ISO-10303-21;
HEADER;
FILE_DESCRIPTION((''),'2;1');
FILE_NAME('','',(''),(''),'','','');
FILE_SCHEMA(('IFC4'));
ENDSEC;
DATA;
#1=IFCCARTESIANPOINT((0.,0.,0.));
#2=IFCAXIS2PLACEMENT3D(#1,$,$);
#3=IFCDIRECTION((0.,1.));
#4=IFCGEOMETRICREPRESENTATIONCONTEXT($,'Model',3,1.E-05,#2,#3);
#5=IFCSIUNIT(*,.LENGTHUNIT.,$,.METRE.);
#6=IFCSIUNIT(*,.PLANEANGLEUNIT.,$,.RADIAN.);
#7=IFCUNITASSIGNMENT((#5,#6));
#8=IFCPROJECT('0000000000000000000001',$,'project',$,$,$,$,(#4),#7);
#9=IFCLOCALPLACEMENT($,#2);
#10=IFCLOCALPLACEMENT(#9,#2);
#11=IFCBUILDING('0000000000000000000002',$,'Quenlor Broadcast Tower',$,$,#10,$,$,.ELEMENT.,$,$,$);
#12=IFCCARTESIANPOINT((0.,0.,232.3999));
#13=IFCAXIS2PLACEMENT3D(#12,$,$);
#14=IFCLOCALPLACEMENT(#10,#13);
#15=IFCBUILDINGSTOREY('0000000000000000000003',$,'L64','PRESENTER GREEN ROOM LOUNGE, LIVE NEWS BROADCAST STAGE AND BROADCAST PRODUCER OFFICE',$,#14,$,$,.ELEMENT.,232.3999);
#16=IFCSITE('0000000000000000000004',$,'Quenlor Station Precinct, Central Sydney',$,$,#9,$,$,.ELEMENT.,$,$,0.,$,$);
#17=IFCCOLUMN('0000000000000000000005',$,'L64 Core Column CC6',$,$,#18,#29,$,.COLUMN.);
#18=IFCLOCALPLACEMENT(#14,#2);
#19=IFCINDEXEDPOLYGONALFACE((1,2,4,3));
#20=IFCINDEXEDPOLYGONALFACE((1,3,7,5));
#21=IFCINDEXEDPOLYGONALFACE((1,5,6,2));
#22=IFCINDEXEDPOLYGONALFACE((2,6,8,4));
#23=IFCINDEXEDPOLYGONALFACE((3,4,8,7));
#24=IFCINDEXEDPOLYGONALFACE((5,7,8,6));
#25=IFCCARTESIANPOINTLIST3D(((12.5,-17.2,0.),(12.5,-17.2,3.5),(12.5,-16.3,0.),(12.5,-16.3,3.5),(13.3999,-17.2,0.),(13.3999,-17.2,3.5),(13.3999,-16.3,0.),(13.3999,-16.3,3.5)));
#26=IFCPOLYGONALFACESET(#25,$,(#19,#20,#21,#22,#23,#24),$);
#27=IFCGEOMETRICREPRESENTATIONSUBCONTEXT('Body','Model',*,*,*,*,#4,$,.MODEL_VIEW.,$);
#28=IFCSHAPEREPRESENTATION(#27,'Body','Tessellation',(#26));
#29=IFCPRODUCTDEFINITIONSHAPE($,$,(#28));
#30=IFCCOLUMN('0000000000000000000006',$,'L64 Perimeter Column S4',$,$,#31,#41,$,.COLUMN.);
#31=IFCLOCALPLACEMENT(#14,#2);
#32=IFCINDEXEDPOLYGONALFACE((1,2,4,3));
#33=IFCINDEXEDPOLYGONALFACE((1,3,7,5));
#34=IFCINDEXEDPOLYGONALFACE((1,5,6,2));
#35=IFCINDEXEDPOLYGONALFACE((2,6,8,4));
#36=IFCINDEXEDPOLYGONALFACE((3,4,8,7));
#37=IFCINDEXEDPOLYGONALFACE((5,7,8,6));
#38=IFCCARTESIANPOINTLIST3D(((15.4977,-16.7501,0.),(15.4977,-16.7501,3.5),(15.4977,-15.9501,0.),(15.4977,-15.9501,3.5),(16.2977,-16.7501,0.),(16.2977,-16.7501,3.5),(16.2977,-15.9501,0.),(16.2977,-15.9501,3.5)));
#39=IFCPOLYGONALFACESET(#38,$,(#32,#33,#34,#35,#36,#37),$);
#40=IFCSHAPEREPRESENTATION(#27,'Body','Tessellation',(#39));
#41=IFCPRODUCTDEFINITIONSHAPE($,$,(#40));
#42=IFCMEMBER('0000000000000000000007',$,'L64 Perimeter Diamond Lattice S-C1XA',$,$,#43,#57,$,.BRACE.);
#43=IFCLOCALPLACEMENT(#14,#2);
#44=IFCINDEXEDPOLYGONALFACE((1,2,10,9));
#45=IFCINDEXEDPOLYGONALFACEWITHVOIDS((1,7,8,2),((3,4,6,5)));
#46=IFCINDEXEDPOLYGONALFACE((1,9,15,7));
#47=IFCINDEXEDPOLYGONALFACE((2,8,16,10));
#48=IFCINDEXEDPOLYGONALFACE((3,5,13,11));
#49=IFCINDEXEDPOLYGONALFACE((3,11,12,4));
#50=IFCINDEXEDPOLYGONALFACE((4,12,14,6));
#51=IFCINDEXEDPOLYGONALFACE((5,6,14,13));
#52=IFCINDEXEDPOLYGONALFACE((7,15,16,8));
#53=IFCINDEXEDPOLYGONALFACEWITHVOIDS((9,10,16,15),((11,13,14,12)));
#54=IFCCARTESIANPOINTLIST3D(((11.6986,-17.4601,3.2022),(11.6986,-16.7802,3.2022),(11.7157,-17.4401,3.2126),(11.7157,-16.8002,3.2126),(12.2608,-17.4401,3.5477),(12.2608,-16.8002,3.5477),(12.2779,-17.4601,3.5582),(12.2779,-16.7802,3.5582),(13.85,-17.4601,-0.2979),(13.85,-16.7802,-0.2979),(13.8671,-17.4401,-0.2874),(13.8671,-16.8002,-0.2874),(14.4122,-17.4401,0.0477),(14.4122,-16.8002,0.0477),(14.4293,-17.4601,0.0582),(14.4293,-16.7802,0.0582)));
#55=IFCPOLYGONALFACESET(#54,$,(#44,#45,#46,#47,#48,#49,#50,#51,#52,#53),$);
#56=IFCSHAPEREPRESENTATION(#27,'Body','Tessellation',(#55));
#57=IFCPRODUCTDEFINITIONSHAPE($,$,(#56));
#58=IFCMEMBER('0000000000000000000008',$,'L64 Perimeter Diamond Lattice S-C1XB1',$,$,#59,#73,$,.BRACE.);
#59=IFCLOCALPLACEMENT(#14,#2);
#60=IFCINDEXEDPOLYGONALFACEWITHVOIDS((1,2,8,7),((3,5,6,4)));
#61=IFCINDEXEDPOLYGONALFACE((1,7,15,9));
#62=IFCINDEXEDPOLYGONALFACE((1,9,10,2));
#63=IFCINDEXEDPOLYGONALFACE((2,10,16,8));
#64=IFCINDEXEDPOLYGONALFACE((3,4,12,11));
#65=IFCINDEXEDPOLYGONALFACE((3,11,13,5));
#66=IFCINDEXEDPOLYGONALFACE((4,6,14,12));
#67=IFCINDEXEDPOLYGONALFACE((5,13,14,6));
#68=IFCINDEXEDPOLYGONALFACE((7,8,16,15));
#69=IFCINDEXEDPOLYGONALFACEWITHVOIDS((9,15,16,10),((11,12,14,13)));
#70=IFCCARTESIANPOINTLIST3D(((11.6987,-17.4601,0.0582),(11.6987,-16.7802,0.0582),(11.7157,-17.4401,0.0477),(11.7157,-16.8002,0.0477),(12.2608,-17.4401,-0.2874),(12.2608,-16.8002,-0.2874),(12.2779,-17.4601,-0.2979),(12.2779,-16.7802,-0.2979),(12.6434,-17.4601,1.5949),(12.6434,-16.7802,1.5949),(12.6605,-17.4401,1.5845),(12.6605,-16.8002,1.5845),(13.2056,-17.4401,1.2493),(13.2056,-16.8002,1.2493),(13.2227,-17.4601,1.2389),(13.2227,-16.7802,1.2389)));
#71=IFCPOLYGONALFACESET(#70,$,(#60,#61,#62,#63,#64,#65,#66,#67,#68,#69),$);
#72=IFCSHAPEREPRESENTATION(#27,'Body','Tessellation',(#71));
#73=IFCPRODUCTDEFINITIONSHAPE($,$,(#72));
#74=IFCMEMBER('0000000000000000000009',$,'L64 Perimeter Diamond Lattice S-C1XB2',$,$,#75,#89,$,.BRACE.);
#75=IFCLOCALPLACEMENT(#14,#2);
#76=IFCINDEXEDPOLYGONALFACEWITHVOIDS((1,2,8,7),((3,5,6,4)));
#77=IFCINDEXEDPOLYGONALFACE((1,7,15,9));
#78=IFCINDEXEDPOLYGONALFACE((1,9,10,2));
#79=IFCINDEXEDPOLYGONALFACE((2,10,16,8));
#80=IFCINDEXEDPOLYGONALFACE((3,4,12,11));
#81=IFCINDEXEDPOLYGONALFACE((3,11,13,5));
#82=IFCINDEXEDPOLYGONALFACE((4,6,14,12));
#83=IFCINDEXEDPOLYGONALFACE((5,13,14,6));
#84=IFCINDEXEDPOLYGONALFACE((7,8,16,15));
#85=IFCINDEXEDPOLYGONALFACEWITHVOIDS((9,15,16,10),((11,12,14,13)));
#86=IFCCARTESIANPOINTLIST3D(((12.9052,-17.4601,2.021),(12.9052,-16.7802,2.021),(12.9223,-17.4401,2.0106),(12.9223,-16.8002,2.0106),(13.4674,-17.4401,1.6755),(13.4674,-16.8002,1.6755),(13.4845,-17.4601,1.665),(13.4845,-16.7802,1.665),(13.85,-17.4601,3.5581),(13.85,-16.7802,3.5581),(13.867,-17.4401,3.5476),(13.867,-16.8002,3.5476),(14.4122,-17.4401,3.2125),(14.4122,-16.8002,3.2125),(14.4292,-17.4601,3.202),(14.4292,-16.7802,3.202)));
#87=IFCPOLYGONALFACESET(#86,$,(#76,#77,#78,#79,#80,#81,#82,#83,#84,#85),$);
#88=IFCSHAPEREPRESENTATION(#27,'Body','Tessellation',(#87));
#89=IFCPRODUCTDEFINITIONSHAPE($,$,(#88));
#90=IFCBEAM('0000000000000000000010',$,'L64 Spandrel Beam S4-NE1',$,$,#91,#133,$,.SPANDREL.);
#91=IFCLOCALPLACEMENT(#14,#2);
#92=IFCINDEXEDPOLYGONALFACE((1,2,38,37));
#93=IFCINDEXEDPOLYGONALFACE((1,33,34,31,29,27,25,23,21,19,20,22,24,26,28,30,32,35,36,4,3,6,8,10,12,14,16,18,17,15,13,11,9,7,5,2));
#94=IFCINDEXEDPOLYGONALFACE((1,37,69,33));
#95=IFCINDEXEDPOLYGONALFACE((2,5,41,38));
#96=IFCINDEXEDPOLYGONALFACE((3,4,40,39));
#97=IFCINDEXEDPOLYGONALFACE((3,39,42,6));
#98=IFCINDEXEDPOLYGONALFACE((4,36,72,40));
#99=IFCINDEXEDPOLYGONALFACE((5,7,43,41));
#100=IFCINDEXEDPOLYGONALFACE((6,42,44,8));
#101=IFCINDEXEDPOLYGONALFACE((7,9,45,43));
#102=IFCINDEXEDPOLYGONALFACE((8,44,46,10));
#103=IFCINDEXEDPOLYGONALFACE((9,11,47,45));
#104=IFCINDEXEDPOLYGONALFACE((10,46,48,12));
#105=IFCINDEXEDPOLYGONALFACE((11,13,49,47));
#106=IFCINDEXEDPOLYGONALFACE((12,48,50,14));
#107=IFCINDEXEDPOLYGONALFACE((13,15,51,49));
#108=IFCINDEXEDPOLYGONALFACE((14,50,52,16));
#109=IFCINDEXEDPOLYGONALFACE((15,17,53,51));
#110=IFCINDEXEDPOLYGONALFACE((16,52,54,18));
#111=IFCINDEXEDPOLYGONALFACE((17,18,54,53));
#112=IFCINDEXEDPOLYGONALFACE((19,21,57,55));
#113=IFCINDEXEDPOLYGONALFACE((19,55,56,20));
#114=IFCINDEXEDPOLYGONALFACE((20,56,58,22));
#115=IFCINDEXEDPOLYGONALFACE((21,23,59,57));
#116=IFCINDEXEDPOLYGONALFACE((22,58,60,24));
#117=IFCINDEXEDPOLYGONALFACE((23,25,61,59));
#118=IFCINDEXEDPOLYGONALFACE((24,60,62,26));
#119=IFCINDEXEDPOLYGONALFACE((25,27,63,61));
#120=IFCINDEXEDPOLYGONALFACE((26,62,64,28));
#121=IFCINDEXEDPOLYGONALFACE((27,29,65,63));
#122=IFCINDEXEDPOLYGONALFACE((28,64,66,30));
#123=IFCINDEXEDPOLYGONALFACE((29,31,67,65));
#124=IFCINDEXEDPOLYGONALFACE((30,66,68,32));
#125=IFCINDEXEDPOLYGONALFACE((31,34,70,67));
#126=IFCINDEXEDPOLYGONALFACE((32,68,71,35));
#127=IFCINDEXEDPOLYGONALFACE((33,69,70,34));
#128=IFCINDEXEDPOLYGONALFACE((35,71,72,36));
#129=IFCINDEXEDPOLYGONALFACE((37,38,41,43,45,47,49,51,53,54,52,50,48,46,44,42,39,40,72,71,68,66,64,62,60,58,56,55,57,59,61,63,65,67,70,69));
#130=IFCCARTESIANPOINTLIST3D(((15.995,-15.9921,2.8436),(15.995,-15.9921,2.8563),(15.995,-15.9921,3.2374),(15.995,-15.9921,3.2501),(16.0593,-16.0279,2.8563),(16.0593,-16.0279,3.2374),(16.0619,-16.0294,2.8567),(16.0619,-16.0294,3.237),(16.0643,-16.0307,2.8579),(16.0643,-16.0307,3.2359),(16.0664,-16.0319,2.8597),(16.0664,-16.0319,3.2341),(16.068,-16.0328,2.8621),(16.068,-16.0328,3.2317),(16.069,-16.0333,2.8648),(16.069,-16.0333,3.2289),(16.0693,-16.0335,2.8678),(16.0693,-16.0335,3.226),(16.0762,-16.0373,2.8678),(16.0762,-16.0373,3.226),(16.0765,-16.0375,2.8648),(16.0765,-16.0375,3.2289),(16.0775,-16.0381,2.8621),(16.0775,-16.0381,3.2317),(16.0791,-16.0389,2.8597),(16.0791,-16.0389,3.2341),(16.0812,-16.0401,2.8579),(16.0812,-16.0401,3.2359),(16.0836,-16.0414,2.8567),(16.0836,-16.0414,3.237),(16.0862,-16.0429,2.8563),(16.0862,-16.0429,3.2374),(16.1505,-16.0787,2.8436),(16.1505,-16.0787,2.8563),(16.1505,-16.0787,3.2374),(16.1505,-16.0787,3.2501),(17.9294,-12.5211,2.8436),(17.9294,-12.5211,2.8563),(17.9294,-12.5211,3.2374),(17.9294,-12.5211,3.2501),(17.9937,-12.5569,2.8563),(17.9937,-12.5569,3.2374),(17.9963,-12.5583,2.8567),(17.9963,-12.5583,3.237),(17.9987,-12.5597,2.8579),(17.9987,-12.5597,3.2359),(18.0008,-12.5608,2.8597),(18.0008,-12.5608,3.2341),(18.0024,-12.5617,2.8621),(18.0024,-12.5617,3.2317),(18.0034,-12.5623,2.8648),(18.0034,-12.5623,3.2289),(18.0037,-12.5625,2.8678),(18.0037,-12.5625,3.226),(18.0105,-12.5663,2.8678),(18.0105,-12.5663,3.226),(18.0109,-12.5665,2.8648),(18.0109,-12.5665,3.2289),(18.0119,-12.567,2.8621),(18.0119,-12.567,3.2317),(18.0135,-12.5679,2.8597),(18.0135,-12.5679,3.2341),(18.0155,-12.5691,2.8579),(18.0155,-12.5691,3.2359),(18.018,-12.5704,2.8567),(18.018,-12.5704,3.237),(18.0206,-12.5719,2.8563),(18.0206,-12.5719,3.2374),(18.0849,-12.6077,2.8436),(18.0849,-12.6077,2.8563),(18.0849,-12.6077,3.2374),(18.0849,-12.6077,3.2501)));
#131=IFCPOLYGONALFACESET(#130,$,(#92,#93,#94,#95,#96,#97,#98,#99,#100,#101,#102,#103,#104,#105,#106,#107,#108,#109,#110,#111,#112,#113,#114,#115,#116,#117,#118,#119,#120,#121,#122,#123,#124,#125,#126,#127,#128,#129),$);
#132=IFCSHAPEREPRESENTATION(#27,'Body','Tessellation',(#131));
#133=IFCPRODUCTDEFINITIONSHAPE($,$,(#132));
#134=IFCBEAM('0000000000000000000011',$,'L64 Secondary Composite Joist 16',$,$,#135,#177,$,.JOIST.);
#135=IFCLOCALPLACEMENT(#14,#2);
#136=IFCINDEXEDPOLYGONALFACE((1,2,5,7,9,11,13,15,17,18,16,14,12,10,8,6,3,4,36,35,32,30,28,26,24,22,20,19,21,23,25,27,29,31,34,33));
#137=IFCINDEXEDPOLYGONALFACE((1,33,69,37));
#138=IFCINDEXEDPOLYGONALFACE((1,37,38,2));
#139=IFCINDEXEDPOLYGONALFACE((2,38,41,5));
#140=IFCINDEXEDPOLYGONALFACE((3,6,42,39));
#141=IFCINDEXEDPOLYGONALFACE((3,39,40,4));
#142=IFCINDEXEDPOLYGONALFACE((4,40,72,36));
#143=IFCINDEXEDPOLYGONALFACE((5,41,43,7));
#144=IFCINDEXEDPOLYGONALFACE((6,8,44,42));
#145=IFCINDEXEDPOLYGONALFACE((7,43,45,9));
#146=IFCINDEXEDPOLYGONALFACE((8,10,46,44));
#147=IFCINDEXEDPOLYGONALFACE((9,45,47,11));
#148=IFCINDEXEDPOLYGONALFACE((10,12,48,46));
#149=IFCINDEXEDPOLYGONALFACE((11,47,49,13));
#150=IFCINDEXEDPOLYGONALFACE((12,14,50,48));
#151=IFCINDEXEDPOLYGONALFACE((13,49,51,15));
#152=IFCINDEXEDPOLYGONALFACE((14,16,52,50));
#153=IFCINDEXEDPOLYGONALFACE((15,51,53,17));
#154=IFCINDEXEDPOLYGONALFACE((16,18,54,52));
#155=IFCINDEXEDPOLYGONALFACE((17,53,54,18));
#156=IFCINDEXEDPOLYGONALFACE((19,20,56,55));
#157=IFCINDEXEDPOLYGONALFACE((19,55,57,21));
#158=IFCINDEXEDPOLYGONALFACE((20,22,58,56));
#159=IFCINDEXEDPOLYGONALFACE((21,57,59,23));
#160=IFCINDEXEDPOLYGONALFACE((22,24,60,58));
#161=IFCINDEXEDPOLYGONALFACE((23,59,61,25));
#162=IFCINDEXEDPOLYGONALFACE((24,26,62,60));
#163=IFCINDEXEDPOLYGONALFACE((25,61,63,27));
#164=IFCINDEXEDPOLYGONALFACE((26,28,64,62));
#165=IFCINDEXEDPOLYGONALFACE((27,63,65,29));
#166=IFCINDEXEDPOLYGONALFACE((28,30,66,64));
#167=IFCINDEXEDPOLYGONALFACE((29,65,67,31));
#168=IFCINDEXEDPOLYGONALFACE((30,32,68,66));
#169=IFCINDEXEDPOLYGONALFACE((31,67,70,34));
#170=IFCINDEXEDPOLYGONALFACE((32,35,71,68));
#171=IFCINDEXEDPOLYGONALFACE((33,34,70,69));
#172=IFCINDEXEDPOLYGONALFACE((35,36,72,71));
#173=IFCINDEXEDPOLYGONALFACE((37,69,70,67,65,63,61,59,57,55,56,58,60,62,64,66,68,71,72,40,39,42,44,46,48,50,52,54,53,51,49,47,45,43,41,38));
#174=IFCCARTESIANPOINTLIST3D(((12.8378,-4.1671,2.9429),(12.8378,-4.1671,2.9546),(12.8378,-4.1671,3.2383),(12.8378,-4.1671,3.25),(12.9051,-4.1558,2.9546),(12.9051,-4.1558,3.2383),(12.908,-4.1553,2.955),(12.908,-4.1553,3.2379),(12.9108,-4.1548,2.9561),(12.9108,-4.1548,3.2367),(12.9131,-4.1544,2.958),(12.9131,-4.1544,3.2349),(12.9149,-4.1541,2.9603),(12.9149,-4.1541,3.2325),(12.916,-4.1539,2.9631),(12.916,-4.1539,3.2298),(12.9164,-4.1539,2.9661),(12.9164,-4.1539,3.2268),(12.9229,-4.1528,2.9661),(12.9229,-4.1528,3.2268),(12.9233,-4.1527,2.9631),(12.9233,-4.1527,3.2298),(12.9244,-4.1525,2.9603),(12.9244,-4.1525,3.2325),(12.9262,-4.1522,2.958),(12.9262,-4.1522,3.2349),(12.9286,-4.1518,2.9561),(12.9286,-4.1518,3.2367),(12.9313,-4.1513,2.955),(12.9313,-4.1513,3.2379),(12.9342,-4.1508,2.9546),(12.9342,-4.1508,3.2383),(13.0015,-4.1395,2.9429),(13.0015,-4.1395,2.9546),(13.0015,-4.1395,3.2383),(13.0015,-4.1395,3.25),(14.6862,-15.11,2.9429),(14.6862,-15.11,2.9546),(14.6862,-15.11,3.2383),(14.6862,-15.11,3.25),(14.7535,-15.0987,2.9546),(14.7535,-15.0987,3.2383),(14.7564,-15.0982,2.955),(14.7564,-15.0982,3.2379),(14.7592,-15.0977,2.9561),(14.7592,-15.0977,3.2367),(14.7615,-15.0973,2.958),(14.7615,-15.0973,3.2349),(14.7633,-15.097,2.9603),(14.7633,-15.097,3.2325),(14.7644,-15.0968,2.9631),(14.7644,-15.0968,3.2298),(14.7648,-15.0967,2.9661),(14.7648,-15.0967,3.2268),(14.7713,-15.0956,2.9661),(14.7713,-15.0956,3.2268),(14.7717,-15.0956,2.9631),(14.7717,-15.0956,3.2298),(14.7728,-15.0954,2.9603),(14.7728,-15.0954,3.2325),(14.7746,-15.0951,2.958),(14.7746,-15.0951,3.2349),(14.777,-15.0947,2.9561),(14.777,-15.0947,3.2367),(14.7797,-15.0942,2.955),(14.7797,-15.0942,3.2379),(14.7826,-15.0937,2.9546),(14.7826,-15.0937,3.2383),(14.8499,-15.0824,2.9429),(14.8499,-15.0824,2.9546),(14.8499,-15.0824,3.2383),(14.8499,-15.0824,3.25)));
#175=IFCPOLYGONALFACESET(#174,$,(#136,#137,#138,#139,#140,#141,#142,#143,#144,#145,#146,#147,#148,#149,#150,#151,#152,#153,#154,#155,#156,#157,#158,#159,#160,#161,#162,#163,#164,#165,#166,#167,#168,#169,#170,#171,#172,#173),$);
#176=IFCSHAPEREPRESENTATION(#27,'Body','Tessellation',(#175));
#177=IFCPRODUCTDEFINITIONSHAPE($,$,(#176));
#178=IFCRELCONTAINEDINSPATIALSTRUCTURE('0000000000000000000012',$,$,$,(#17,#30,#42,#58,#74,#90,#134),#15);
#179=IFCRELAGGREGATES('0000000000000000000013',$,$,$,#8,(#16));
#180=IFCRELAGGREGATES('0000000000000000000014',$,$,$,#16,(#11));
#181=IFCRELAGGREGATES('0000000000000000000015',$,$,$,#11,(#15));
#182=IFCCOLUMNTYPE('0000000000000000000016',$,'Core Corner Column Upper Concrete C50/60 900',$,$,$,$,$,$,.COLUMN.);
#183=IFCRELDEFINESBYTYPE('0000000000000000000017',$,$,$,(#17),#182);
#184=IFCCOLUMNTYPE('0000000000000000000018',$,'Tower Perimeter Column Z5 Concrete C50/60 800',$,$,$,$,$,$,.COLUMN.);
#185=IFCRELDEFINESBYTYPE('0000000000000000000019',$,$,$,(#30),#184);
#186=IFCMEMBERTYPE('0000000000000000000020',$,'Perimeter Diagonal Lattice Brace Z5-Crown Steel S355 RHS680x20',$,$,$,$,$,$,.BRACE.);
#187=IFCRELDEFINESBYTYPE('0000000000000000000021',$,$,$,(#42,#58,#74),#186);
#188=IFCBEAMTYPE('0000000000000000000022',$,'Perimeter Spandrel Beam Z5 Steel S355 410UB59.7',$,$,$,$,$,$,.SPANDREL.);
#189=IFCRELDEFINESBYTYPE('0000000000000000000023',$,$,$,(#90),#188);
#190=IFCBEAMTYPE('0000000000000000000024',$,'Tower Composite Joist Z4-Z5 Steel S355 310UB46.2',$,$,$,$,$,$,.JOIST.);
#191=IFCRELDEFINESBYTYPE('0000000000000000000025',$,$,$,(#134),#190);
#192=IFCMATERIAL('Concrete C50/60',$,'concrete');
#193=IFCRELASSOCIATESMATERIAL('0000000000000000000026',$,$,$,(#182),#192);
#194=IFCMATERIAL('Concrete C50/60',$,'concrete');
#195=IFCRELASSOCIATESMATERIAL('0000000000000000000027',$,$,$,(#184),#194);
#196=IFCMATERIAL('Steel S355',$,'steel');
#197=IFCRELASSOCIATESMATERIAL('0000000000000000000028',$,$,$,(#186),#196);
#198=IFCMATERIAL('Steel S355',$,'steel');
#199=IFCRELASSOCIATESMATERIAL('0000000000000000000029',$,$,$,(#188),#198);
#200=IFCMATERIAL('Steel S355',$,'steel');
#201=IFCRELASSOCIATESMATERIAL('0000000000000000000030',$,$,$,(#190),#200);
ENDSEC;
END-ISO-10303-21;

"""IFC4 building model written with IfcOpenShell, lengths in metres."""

from ifc_helpers import new_model, si_unit, direction, frame, origin, origin_2d, place, context, subcontext, project, spatial, rectangle, hollow_rectangle, i_section, extrude, material, material_profile, profile_set, type_object, element, save


model = new_model("IFC4")

# Units and contexts
model_context = context("Model", 3, precision=1e-05, world=origin(), true_north=direction((0.0, 1.0)))
body_context = subcontext(model_context, "Body", "Model", "MODEL_VIEW")
ifc_project = project(units=[si_unit("LENGTHUNIT", "METRE"), si_unit("PLANEANGLEUNIT", "RADIAN")], contexts=[model_context])

# Site, building, storey
site_placement = place(None, origin())
site = spatial("IfcSite", under=ifc_project, at=site_placement, Name="Quenlor Station Precinct, Central Sydney", CompositionType="ELEMENT", RefElevation=0.0)
building_placement = place(site_placement, origin())
building = spatial("IfcBuilding", under=site, at=building_placement, Name="Quenlor Broadcast Tower", CompositionType="ELEMENT")
storey_placement = place(building_placement, frame((0.0, 0.0, 232.3999)))
storey = spatial("IfcBuildingStorey", under=building, at=storey_placement, Name="L64", Description="PRESENTER GREEN ROOM LOUNGE, LIVE NEWS BROADCAST STAGE AND BROADCAST PRODUCER OFFICE", CompositionType="ELEMENT", Elevation=232.3999)

# Columns
ifc_material_1 = material(Name="Concrete C50/60", Category="concrete")
ifc_material_profile_1 = material_profile(ifc_material_1, rectangle(XDim=0.8999, YDim=0.8999, at=origin_2d()))
ifc_profile_set_1 = profile_set([ifc_material_profile_1], Name="Concrete C50/60 RC900x900")
column_type_1 = type_object("IfcColumnType", Name="Core Corner Column Upper Concrete C50/60 900", PredefinedType="COLUMN", material=ifc_profile_set_1)
column_1_placement = place(storey_placement, frame((12.95, -16.75, 0.0), z_axis=(0.0, 0.0, 1.0), x_axis=(1.0, 0.0, 0.0)))
element("IfcColumn", 1, at=column_1_placement, inside=storey, type_object=column_type_1, Name="L64 Core Column CC6", PredefinedType="COLUMN", context=body_context, shape_type="SweptSolid", body=[
    extrude(rectangle(XDim=0.8999, YDim=0.8999, at=origin_2d()), origin(), (0.0, 0.0, 1.0), 3.5),
])
ifc_material_2 = material(Name="Concrete C50/60", Category="concrete")
ifc_material_profile_2 = material_profile(ifc_material_2, rectangle(XDim=0.8, YDim=0.8, at=origin_2d()))
ifc_profile_set_2 = profile_set([ifc_material_profile_2], Name="Concrete C50/60 RC800x800")
column_type_2 = type_object("IfcColumnType", Name="Tower Perimeter Column Z5 Concrete C50/60 800", PredefinedType="COLUMN", material=ifc_profile_set_2)
column_2_placement = place(storey_placement, frame((15.8977, -16.3501, 0.0), z_axis=(0.0, 0.0, 1.0), x_axis=(0.0, 1.0, 0.0)))
element("IfcColumn", 2, at=column_2_placement, inside=storey, type_object=column_type_2, Name="L64 Perimeter Column S4", PredefinedType="COLUMN", context=body_context, shape_type="SweptSolid", body=[
    extrude(rectangle(XDim=0.8, YDim=0.8, at=origin_2d()), origin(), (0.0, 0.0, 1.0), 3.5),
])

# Members
ifc_material_3 = material(Name="Steel S355", Category="steel")
ifc_material_profile_3 = material_profile(ifc_material_3, hollow_rectangle(XDim=0.6799, YDim=0.6799, WallThickness=0.02, at=origin_2d()))
ifc_profile_set_3 = profile_set([ifc_material_profile_3], Name="Steel S355 RHS680x680x20")
member_type = type_object("IfcMemberType", Name="Perimeter Diagonal Lattice Brace Z5-Crown Steel S355 RHS680x20", PredefinedType="BRACE", material=ifc_profile_set_3)
member_1_placement = place(storey_placement, frame((14.1396, -17.1201, -0.1199), z_axis=(-0.52366, 0.0, 0.851928), x_axis=(0.0, -1.0, 0.0)))
element("IfcMember", 3, at=member_1_placement, inside=storey, type_object=member_type, Name="L64 Perimeter Diamond Lattice S-C1XA", PredefinedType="BRACE", context=body_context, shape_type="SweptSolid", body=[
    extrude(hollow_rectangle(XDim=0.6799, YDim=0.6799, WallThickness=0.02, at=origin_2d()), origin(), (0.0, 0.0, 1.0), 4.1084),
])
member_2_placement = place(storey_placement, frame((11.9883, -17.1201, -0.1199), z_axis=(0.52372, 0.0, 0.851891), x_axis=(0.0, 1.0, 0.0)))
element("IfcMember", 4, at=member_2_placement, inside=storey, type_object=member_type, Name="L64 Perimeter Diamond Lattice S-C1XB1", PredefinedType="BRACE", context=body_context, shape_type="SweptSolid", body=[
    extrude(hollow_rectangle(XDim=0.6799, YDim=0.6799, WallThickness=0.02, at=origin_2d()), origin(), (0.0, 0.0, 1.0), 1.804),
])
member_3_placement = place(storey_placement, frame((13.1948, -17.1201, 1.843), z_axis=(0.523659, 0.0, 0.851928), x_axis=(0.0, 1.0, 0.0)))
element("IfcMember", 5, at=member_3_placement, inside=storey, type_object=member_type, Name="L64 Perimeter Diamond Lattice S-C1XB2", PredefinedType="BRACE", context=body_context, shape_type="SweptSolid", body=[
    extrude(hollow_rectangle(XDim=0.6799, YDim=0.6799, WallThickness=0.02, at=origin_2d()), origin(), (0.0, 0.0, 1.0), 1.8042),
])

# Beams
ifc_material_4 = material(Name="Steel S355", Category="steel")
ifc_material_profile_4 = material_profile(ifc_material_4, i_section(OverallWidth=0.178, OverallDepth=0.4065, WebThickness=0.0078, FlangeThickness=0.0127, FilletRadius=0.0115, at=origin_2d()))
ifc_profile_set_4 = profile_set([ifc_material_profile_4], Name="Steel S355 410UB59.7")
beam_type_1 = type_object("IfcBeamType", Name="Perimeter Spandrel Beam Z5 Steel S355 410UB59.7", PredefinedType="SPANDREL", material=ifc_profile_set_4)
beam_1_placement = place(storey_placement, frame((16.0728, -16.0354, 3.0469), z_axis=(0.486801, 0.873513, 0.0), x_axis=(-0.873513, 0.486801, 0.0)))
element("IfcBeam", 6, at=beam_1_placement, inside=storey, type_object=beam_type_1, Name="L64 Spandrel Beam S4-NE1", PredefinedType="SPANDREL", context=body_context, shape_type="SweptSolid", body=[
    extrude(i_section(OverallWidth=0.178, OverallDepth=0.4065, WebThickness=0.0078, FlangeThickness=0.0127, FilletRadius=0.0115, at=origin_2d()), origin(), (0.0, 0.0, 1.0), 3.9736),
])
ifc_material_5 = material(Name="Steel S355", Category="steel")
ifc_material_profile_5 = material_profile(ifc_material_5, i_section(OverallWidth=0.166, OverallDepth=0.3071, WebThickness=0.0066, FlangeThickness=0.0117, FilletRadius=0.0115, at=origin_2d()))
ifc_profile_set_5 = profile_set([ifc_material_profile_5], Name="Steel S355 310UB46.2")
beam_type_2 = type_object("IfcBeamType", Name="Tower Composite Joist Z4-Z5 Steel S355 310UB46.2", PredefinedType="JOIST", material=ifc_profile_set_5)
beam_2_placement = place(storey_placement, frame((14.7681, -15.0962, 3.0964), z_axis=(-0.166553, 0.986032, 0.0), x_axis=(-0.986032, -0.166553, 0.0)))
element("IfcBeam", 7, at=beam_2_placement, inside=storey, type_object=beam_type_2, Name="L64 Secondary Composite Joist 16", PredefinedType="JOIST", context=body_context, shape_type="SweptSolid", body=[
    extrude(i_section(OverallWidth=0.166, OverallDepth=0.3071, WebThickness=0.0066, FlangeThickness=0.0117, FilletRadius=0.0115, at=origin_2d()), origin(), (0.0, 0.0, 1.0), 11.0979),
])

save(model, "model.ifc")
